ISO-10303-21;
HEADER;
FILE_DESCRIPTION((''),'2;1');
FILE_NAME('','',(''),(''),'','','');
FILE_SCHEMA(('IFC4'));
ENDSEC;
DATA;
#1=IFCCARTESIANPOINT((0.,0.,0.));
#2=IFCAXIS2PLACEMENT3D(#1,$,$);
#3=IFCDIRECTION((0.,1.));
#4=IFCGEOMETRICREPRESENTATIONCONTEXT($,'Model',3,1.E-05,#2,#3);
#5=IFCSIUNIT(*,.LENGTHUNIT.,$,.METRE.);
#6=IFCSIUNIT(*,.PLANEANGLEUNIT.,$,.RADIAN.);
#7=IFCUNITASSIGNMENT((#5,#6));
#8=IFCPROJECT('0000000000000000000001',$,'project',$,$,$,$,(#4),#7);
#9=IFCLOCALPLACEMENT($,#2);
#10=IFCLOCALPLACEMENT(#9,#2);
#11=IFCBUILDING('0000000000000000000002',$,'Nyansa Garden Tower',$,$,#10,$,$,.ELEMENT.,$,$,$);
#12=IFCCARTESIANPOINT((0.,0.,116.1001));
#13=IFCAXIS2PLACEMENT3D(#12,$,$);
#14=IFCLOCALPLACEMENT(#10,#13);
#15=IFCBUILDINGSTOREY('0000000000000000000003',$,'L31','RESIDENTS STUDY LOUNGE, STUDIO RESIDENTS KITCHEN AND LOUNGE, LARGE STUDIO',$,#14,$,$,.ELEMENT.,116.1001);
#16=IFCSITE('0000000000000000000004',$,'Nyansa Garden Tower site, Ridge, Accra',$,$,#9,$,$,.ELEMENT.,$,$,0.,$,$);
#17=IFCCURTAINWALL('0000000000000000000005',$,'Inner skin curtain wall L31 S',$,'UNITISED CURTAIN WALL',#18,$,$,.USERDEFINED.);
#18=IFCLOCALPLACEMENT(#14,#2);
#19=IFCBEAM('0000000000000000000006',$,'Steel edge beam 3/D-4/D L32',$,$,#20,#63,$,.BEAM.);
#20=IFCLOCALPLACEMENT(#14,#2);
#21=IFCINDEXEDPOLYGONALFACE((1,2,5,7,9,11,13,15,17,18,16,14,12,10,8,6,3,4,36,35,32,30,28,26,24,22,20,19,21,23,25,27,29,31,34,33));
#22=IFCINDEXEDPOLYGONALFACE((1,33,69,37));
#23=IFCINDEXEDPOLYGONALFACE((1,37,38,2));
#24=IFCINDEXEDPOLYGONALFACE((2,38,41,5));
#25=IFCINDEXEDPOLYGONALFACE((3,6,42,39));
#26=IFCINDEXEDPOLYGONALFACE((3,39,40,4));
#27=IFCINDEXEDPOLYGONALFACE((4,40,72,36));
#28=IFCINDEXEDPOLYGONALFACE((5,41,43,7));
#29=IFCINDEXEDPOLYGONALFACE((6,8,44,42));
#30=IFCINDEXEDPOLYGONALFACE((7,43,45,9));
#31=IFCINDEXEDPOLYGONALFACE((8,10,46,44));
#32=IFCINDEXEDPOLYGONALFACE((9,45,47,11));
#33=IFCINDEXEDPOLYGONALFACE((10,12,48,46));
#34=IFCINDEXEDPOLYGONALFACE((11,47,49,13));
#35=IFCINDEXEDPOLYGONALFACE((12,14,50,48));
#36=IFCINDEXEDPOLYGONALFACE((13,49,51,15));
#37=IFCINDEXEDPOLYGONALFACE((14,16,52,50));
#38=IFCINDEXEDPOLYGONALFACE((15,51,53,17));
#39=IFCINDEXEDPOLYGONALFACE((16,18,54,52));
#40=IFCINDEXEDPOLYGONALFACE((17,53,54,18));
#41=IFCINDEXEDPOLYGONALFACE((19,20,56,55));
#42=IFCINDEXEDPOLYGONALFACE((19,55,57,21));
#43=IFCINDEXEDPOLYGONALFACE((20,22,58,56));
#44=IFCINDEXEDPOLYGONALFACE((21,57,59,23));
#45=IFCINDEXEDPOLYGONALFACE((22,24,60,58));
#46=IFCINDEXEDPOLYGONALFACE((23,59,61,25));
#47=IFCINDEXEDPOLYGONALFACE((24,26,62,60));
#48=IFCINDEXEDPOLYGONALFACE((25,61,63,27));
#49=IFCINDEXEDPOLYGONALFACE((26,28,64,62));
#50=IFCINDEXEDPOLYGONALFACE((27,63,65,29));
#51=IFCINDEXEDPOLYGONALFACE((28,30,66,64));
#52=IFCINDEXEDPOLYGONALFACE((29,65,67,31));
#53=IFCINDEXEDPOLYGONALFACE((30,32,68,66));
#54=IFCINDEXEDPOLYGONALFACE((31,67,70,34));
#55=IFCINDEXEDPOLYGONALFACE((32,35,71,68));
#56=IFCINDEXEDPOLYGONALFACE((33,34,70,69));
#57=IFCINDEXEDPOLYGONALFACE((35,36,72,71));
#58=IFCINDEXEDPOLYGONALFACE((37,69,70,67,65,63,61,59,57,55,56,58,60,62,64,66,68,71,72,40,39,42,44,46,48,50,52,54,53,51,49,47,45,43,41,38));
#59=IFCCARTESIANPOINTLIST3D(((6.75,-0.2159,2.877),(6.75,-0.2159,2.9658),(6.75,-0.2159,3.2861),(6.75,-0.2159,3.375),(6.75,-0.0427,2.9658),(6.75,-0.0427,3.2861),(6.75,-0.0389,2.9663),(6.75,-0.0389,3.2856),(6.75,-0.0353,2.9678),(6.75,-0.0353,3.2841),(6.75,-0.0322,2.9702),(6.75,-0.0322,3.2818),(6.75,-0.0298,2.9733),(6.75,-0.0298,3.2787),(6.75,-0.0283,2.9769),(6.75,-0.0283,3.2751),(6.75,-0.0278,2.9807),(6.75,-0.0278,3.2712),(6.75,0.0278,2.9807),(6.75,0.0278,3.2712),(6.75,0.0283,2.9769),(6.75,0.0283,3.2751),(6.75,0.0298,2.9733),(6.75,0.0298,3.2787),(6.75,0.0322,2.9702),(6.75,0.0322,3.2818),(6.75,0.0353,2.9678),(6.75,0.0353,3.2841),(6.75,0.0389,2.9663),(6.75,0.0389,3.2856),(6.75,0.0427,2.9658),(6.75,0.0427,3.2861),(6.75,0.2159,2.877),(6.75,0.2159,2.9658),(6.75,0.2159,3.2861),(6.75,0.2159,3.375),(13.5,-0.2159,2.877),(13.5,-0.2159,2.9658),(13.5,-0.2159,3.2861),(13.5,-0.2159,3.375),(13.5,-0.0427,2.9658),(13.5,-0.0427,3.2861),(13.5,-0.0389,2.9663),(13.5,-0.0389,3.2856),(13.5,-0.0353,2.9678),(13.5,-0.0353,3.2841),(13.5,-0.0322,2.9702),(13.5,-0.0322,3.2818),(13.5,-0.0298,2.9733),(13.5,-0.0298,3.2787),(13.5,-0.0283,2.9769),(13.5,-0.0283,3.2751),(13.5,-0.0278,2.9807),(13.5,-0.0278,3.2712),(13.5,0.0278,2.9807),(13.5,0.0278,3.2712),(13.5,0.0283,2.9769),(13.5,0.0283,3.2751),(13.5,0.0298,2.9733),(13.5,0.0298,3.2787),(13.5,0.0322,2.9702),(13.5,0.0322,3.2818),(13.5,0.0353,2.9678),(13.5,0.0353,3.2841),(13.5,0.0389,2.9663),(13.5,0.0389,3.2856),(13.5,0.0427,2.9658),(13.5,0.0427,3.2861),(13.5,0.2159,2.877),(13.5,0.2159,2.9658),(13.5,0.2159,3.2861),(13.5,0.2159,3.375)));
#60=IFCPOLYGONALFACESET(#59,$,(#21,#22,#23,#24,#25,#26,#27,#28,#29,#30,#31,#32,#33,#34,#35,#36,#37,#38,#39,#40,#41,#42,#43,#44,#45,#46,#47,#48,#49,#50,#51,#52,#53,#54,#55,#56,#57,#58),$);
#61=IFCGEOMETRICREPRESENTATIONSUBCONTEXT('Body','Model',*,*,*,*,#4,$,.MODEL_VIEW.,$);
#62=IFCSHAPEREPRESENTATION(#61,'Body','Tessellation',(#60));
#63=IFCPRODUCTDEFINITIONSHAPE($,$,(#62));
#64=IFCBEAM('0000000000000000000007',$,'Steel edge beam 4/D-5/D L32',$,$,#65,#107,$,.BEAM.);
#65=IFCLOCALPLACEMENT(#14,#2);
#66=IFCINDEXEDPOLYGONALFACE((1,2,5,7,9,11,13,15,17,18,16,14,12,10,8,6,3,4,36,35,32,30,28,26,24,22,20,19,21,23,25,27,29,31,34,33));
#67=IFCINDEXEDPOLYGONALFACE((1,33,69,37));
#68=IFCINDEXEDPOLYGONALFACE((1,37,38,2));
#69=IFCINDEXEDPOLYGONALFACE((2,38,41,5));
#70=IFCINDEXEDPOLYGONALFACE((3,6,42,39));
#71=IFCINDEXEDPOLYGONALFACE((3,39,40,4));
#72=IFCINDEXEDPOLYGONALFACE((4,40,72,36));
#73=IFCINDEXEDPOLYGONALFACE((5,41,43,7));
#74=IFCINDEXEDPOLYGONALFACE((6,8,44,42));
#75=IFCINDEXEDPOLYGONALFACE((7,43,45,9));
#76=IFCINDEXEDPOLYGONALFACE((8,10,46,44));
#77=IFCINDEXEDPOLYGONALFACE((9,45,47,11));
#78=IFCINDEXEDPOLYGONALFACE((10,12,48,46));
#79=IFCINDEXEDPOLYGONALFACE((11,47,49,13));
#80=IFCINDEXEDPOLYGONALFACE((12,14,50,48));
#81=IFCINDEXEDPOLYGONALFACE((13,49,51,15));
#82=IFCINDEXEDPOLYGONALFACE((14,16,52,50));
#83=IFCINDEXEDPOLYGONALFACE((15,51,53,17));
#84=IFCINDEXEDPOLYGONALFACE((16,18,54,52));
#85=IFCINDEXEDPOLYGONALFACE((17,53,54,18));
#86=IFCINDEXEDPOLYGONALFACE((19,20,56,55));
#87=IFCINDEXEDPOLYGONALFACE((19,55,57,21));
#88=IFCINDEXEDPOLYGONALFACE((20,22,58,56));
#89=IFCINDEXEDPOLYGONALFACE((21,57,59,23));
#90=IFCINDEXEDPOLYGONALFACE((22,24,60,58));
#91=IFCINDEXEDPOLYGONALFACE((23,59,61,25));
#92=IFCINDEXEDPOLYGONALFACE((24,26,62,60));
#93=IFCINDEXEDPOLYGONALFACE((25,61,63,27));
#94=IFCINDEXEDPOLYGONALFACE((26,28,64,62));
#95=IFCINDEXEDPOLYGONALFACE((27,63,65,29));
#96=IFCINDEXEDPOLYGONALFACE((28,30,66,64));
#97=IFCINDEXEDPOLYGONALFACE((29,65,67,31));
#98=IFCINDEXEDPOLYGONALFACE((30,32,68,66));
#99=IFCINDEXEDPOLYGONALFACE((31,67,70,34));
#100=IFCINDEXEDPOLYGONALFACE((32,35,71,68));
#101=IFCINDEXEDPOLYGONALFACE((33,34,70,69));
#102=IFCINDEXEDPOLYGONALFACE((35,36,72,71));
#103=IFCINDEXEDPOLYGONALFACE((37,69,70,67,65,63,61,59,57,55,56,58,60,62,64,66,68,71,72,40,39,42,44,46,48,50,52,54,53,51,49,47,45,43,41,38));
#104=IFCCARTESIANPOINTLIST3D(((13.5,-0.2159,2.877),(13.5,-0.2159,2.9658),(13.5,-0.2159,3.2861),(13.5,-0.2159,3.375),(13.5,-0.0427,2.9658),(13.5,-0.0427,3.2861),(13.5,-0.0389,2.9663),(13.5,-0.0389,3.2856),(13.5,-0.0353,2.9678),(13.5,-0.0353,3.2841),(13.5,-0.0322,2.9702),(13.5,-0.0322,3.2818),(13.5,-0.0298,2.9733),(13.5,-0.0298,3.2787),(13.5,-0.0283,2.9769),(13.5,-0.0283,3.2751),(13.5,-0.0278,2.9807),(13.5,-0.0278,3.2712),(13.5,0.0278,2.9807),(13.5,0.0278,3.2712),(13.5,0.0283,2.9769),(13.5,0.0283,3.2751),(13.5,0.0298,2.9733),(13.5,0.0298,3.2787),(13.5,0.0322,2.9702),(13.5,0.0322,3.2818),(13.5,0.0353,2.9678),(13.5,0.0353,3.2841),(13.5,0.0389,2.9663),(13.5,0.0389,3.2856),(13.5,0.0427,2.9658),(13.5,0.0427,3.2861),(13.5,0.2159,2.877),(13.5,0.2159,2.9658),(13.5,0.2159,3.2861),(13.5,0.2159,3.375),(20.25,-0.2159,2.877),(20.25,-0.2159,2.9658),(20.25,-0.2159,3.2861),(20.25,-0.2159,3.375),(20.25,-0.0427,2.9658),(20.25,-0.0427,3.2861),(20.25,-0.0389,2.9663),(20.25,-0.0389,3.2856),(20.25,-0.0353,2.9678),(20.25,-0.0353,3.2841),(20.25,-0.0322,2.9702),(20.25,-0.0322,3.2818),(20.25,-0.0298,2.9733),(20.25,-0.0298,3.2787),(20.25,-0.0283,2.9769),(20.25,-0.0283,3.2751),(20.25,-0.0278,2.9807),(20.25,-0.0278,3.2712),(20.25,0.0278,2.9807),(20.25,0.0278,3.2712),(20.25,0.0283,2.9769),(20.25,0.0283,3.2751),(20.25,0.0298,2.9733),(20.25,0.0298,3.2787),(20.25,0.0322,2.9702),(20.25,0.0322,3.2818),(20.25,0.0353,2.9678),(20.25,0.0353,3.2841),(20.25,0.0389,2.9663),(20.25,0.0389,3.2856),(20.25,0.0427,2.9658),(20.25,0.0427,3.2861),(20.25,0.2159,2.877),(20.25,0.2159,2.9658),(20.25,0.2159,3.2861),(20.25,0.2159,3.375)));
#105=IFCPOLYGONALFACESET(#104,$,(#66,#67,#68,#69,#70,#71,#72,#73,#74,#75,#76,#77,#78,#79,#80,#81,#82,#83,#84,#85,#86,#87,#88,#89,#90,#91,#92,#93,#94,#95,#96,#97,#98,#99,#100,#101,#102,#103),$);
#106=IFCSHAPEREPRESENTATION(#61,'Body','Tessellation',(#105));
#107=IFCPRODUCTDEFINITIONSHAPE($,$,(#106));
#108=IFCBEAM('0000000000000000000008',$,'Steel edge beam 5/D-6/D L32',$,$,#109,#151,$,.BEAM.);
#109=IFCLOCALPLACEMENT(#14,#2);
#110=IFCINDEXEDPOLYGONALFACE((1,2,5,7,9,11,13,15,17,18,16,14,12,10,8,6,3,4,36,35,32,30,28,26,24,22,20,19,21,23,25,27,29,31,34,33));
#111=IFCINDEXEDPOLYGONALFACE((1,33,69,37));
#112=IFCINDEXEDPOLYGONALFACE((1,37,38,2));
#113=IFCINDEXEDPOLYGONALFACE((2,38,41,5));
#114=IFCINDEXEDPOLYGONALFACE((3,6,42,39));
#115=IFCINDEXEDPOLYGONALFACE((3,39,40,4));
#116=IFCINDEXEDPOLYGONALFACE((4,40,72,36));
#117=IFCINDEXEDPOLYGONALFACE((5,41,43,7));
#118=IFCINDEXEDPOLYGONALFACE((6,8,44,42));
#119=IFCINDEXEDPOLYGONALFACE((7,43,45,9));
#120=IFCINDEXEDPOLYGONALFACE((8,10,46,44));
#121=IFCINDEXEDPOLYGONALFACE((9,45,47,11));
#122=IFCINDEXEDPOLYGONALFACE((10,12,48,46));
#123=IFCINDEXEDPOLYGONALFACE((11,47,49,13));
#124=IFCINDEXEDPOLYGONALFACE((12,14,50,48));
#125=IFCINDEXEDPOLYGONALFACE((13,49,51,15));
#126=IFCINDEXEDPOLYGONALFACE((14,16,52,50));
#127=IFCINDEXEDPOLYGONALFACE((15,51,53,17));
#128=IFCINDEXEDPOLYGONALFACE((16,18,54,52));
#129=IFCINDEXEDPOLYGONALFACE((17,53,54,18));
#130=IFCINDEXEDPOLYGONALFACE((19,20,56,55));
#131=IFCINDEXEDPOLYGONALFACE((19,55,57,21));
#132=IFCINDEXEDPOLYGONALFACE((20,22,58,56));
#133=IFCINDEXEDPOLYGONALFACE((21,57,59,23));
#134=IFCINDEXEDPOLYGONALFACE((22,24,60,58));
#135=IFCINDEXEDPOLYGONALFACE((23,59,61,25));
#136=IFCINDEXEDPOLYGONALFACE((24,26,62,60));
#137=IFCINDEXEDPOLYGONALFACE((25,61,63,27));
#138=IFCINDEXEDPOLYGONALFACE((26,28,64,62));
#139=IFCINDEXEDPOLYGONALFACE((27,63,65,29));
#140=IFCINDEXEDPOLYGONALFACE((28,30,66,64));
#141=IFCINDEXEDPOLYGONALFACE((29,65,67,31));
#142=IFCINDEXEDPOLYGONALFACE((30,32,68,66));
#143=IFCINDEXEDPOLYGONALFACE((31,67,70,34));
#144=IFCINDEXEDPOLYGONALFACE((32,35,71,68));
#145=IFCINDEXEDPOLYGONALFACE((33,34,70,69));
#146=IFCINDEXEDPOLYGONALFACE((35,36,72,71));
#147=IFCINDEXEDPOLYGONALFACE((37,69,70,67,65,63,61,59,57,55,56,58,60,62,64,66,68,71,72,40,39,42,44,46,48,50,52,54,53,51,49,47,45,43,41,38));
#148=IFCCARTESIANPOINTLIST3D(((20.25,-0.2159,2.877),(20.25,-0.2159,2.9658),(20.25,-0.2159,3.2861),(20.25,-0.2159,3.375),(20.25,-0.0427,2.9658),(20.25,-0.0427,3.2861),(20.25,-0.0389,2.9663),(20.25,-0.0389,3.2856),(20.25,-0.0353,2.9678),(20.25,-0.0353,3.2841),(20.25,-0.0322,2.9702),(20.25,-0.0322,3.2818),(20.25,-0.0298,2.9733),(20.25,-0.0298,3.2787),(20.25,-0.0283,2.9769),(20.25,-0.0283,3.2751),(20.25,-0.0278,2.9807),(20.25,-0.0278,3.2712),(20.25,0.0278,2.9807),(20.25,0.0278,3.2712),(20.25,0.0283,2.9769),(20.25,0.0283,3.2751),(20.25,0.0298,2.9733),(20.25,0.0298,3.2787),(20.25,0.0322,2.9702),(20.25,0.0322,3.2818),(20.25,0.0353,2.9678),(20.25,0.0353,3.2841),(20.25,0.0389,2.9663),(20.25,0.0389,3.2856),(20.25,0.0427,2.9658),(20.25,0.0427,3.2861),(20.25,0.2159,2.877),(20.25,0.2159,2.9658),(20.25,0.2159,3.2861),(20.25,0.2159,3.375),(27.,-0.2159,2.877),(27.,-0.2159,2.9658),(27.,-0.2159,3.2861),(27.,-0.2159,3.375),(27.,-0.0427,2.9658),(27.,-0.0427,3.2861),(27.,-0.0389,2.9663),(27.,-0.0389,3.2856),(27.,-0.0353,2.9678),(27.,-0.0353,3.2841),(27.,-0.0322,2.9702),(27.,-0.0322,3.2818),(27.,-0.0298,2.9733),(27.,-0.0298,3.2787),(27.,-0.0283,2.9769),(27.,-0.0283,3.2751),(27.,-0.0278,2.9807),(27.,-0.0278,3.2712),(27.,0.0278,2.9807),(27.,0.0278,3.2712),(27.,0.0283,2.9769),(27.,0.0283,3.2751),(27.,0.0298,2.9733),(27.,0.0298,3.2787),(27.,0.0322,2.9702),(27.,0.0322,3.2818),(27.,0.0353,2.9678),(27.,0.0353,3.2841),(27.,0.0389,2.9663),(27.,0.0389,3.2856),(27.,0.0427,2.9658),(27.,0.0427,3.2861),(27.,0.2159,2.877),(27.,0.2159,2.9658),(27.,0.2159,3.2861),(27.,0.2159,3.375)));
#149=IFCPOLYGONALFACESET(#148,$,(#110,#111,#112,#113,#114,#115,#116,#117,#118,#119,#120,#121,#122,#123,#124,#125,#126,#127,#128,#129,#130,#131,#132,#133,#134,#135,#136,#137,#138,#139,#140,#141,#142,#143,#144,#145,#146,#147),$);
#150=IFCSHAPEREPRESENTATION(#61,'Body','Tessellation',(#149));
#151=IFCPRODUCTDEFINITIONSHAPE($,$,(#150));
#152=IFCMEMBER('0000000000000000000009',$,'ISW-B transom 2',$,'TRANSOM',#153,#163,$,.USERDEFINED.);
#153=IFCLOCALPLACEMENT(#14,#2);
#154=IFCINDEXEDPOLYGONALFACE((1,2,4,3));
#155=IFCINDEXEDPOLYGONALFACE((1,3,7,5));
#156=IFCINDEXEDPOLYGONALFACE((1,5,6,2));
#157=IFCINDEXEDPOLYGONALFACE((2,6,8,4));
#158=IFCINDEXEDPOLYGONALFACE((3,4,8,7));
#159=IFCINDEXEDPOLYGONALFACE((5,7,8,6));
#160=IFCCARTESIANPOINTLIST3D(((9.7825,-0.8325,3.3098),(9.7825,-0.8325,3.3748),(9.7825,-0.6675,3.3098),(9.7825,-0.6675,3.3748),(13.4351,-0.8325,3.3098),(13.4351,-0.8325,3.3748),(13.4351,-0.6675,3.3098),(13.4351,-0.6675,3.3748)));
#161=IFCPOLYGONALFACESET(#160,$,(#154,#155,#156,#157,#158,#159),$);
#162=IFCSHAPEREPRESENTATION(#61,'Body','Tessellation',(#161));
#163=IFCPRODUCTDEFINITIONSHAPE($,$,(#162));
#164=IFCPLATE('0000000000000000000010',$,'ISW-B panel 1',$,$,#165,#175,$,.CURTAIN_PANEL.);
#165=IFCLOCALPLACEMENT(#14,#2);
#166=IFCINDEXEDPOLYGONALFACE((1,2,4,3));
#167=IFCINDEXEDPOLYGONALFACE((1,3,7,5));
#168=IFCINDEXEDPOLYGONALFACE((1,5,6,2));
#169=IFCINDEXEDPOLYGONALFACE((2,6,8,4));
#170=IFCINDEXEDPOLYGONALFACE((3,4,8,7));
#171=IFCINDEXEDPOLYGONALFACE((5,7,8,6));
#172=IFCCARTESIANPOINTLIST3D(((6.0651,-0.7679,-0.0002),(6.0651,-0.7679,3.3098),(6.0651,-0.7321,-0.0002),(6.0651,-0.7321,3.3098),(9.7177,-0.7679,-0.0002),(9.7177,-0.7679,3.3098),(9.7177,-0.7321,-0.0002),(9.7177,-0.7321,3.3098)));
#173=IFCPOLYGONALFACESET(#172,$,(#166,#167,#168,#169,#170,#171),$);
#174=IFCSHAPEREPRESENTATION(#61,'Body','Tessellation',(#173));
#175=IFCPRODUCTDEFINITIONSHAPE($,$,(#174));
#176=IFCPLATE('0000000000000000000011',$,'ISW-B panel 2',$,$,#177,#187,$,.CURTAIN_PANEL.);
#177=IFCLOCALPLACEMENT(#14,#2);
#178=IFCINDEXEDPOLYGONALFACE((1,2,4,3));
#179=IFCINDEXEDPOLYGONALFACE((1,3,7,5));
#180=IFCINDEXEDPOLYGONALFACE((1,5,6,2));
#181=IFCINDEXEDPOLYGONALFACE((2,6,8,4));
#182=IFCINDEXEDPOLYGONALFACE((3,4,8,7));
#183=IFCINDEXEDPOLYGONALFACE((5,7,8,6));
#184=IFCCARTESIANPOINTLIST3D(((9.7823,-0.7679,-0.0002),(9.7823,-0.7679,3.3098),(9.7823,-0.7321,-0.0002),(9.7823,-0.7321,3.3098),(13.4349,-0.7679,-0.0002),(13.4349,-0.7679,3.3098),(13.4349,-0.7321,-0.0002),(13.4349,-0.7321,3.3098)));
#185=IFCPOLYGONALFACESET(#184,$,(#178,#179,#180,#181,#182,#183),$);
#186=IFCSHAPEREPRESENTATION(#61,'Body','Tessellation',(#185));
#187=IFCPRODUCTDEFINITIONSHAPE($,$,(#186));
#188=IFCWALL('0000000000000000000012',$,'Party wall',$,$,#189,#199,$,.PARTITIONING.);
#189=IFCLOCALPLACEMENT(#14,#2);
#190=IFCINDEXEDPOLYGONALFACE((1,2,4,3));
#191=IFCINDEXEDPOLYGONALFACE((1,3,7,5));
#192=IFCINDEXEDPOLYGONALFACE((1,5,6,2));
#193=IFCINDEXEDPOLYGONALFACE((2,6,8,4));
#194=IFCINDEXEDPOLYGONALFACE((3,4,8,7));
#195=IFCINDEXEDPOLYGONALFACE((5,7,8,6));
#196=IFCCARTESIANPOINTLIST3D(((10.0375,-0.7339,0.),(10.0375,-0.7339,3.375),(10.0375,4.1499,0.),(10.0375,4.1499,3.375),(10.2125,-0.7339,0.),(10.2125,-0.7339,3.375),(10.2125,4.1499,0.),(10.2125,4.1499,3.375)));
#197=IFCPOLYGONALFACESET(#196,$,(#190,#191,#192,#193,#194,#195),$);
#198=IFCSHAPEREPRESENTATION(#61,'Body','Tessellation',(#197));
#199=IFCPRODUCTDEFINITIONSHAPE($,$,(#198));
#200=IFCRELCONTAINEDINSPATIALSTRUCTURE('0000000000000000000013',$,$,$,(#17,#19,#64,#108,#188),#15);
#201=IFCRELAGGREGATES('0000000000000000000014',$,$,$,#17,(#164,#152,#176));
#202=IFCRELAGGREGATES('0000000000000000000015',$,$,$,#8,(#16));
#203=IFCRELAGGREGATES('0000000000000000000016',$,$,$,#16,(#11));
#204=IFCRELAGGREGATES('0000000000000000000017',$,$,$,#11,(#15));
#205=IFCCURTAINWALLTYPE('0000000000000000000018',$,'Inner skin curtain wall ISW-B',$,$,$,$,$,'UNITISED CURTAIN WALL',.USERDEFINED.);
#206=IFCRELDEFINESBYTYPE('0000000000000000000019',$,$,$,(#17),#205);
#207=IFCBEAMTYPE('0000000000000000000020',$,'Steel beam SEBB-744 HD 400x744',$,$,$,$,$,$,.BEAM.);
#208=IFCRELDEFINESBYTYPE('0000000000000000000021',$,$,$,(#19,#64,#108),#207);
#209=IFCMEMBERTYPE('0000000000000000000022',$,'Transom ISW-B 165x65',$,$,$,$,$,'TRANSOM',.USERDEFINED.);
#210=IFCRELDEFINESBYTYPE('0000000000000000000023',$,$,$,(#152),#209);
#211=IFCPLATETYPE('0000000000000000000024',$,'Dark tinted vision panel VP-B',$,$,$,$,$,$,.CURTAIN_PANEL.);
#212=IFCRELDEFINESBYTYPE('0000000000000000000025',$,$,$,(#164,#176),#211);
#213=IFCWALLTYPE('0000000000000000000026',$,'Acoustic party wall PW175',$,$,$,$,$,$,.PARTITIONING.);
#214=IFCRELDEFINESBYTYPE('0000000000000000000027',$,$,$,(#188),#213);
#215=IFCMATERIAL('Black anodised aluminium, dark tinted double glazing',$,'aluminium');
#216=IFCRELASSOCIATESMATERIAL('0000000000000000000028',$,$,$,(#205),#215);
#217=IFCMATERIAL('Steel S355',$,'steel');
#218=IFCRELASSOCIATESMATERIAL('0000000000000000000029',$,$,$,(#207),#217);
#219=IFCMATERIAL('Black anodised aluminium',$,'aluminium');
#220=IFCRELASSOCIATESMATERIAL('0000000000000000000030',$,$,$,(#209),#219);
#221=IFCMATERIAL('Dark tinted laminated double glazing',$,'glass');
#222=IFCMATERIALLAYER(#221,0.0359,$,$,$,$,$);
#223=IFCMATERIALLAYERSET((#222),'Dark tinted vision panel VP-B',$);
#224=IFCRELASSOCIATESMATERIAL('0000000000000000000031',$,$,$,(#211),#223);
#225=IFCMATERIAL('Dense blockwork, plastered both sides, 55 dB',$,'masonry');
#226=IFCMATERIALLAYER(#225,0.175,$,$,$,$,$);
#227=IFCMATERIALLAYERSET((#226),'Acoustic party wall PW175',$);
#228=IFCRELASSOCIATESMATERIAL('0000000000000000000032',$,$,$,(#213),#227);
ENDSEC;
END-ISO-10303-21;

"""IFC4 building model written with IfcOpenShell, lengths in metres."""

from ifc_helpers import new_model, si_unit, direction, frame, frame_2d, origin, origin_2d, place, context, subcontext, project, spatial, rectangle, i_section, extrude, material, layer, layer_set, material_profile, profile_set, type_object, element, aggregate, save


model = new_model("IFC4")

# Units and contexts
model_context = context("Model", 3, precision=1e-05, world=origin(), true_north=direction((0.0, 1.0)))
body_context = subcontext(model_context, "Body", "Model", "MODEL_VIEW")
ifc_project = project(units=[si_unit("LENGTHUNIT", "METRE"), si_unit("PLANEANGLEUNIT", "RADIAN")], contexts=[model_context])

# Site, building, storey
site_placement = place(None, origin())
site = spatial("IfcSite", under=ifc_project, at=site_placement, Name="Nyansa Garden Tower site, Ridge, Accra", CompositionType="ELEMENT", RefElevation=0.0)
building_placement = place(site_placement, origin())
building = spatial("IfcBuilding", under=site, at=building_placement, Name="Nyansa Garden Tower", CompositionType="ELEMENT")
storey_placement = place(building_placement, frame((0.0, 0.0, 116.1001)))
storey = spatial("IfcBuildingStorey", under=building, at=storey_placement, Name="L31", Description="RESIDENTS STUDY LOUNGE, STUDIO RESIDENTS KITCHEN AND LOUNGE, LARGE STUDIO", CompositionType="ELEMENT", Elevation=116.1001)

# Curtain wall
ifc_material_1 = material(Name="Black anodised aluminium, dark tinted double glazing", Category="aluminium")
curtain_wall_type = type_object("IfcCurtainWallType", Name="Inner skin curtain wall ISW-B", ElementType="UNITISED CURTAIN WALL", PredefinedType="USERDEFINED", material=ifc_material_1)
curtain_wall_placement = place(storey_placement, origin())
curtain_wall = element("IfcCurtainWall", 1, at=curtain_wall_placement, inside=storey, type_object=curtain_wall_type, Name="Inner skin curtain wall L31 S", ObjectType="UNITISED CURTAIN WALL", PredefinedType="USERDEFINED")

# Beams
ifc_material_2 = material(Name="Steel S355", Category="steel")
ifc_material_profile_1 = material_profile(ifc_material_2, i_section(OverallWidth=0.4319, OverallDepth=0.498, WebThickness=0.0557, FlangeThickness=0.0889, FilletRadius=0.0149, at=origin_2d()), Name="HD 400x744")
ifc_profile_set_1 = profile_set([ifc_material_profile_1], Name="Steel S355")
beam_type_1 = type_object("IfcBeamType", Name="Steel beam SEBB-744 HD 400x744", PredefinedType="BEAM", material=ifc_profile_set_1)
for number, where, z_axis, x_axis, name in (
    (2, (6.75, 0.0, 3.126), (1.0, 0.0, 0.0), (0.0, 1.0, 0.0), "Steel edge beam 3/D-4/D L32"),
    (3, (13.5, 0.0, 3.126), (1.0, 0.0, 0.0), (0.0, 1.0, 0.0), "Steel edge beam 4/D-5/D L32"),
    (4, (20.25, 0.0, 3.126), (1.0, 0.0, 0.0), (0.0, 1.0, 0.0), "Steel edge beam 5/D-6/D L32"),
):
    element("IfcBeam", number, at=place(storey_placement, frame(where, z_axis=z_axis, x_axis=x_axis)), inside=storey, type_object=beam_type_1, Name=name, PredefinedType="BEAM", context=body_context, shape_type="SweptSolid", body=[
        extrude(i_section(OverallWidth=0.4319, OverallDepth=0.498, WebThickness=0.0557, FlangeThickness=0.0889, FilletRadius=0.0149, at=origin_2d()), origin(), (0.0, 0.0, 1.0), 6.75),
    ])

# Member
ifc_material_3 = material(Name="Black anodised aluminium", Category="aluminium")
ifc_material_profile_2 = material_profile(ifc_material_3, rectangle(XDim=0.165, YDim=0.0649, at=origin_2d()), Name="Transom 165x65")
ifc_profile_set_2 = profile_set([ifc_material_profile_2], Name="Black anodised aluminium")
member_type_1 = type_object("IfcMemberType", Name="Transom ISW-B 165x65", ElementType="TRANSOM", PredefinedType="USERDEFINED", material=ifc_profile_set_2)
member_1_placement = place(storey_placement, frame((9.7825, -0.75, 3.3423), z_axis=(1.0, 0.0, 0.0), x_axis=(0.0, 1.0, 0.0)))
member_1 = element("IfcMember", 5, at=member_1_placement, type_object=member_type_1, Name="ISW-B transom 2", ObjectType="TRANSOM", PredefinedType="USERDEFINED", context=body_context, shape_type="SweptSolid", body=[
    extrude(rectangle(XDim=0.165, YDim=0.0649, at=origin_2d()), origin(), (0.0, 0.0, 1.0), 3.6526),
])

# Plates
ifc_material_4 = material(Name="Dark tinted laminated double glazing", Category="glass")
ifc_layer_1 = layer(ifc_material_4, 0.0359)
ifc_layer_set_1 = layer_set([ifc_layer_1], Name="Dark tinted vision panel VP-B")
plate_type = type_object("IfcPlateType", Name="Dark tinted vision panel VP-B", PredefinedType="CURTAIN_PANEL", material=ifc_layer_set_1)
plate_1_placement = place(storey_placement, frame((7.8914, -0.75, -0.0002), z_axis=(0.0, 0.0, 1.0), x_axis=(1.0, 0.0, 0.0)))
plate_1 = element("IfcPlate", 6, at=plate_1_placement, type_object=plate_type, Name="ISW-B panel 1", PredefinedType="CURTAIN_PANEL", context=body_context, shape_type="SweptSolid", body=[
    extrude(rectangle(XDim=3.6526, YDim=0.0359, at=origin_2d()), origin(), (0.0, 0.0, 1.0), 3.3101),
])
plate_2_placement = place(storey_placement, frame((11.6086, -0.75, -0.0002), z_axis=(0.0, 0.0, 1.0), x_axis=(1.0, 0.0, 0.0)))
plate_2 = element("IfcPlate", 7, at=plate_2_placement, type_object=plate_type, Name="ISW-B panel 2", PredefinedType="CURTAIN_PANEL", context=body_context, shape_type="SweptSolid", body=[
    extrude(rectangle(XDim=3.6526, YDim=0.0359, at=origin_2d()), origin(), (0.0, 0.0, 1.0), 3.3101),
])
aggregate(curtain_wall, [plate_1, member_1, plate_2])

# Wall
ifc_material_5 = material(Name="Dense blockwork, plastered both sides, 55 dB", Category="masonry")
ifc_layer_2 = layer(ifc_material_5, 0.175)
ifc_layer_set_2 = layer_set([ifc_layer_2], Name="Acoustic party wall PW175")
wall_type_1 = type_object("IfcWallType", Name="Acoustic party wall PW175", PredefinedType="PARTITIONING", material=ifc_layer_set_2)
wall_1_placement = place(storey_placement, frame((10.125, -0.7339, 0.0), z_axis=(0.0, 0.0, 1.0), x_axis=(0.0, 1.0, 0.0)))
element("IfcWall", 8, at=wall_1_placement, inside=storey, type_object=wall_type_1, Name="Party wall", PredefinedType="PARTITIONING", context=body_context, shape_type="SweptSolid", body=[
    extrude(rectangle(XDim=4.8838, YDim=0.175, at=frame_2d((2.4419, 0.0))), origin(), (0.0, 0.0, 1.0), 3.375),
])

save(model, "model.ifc")
